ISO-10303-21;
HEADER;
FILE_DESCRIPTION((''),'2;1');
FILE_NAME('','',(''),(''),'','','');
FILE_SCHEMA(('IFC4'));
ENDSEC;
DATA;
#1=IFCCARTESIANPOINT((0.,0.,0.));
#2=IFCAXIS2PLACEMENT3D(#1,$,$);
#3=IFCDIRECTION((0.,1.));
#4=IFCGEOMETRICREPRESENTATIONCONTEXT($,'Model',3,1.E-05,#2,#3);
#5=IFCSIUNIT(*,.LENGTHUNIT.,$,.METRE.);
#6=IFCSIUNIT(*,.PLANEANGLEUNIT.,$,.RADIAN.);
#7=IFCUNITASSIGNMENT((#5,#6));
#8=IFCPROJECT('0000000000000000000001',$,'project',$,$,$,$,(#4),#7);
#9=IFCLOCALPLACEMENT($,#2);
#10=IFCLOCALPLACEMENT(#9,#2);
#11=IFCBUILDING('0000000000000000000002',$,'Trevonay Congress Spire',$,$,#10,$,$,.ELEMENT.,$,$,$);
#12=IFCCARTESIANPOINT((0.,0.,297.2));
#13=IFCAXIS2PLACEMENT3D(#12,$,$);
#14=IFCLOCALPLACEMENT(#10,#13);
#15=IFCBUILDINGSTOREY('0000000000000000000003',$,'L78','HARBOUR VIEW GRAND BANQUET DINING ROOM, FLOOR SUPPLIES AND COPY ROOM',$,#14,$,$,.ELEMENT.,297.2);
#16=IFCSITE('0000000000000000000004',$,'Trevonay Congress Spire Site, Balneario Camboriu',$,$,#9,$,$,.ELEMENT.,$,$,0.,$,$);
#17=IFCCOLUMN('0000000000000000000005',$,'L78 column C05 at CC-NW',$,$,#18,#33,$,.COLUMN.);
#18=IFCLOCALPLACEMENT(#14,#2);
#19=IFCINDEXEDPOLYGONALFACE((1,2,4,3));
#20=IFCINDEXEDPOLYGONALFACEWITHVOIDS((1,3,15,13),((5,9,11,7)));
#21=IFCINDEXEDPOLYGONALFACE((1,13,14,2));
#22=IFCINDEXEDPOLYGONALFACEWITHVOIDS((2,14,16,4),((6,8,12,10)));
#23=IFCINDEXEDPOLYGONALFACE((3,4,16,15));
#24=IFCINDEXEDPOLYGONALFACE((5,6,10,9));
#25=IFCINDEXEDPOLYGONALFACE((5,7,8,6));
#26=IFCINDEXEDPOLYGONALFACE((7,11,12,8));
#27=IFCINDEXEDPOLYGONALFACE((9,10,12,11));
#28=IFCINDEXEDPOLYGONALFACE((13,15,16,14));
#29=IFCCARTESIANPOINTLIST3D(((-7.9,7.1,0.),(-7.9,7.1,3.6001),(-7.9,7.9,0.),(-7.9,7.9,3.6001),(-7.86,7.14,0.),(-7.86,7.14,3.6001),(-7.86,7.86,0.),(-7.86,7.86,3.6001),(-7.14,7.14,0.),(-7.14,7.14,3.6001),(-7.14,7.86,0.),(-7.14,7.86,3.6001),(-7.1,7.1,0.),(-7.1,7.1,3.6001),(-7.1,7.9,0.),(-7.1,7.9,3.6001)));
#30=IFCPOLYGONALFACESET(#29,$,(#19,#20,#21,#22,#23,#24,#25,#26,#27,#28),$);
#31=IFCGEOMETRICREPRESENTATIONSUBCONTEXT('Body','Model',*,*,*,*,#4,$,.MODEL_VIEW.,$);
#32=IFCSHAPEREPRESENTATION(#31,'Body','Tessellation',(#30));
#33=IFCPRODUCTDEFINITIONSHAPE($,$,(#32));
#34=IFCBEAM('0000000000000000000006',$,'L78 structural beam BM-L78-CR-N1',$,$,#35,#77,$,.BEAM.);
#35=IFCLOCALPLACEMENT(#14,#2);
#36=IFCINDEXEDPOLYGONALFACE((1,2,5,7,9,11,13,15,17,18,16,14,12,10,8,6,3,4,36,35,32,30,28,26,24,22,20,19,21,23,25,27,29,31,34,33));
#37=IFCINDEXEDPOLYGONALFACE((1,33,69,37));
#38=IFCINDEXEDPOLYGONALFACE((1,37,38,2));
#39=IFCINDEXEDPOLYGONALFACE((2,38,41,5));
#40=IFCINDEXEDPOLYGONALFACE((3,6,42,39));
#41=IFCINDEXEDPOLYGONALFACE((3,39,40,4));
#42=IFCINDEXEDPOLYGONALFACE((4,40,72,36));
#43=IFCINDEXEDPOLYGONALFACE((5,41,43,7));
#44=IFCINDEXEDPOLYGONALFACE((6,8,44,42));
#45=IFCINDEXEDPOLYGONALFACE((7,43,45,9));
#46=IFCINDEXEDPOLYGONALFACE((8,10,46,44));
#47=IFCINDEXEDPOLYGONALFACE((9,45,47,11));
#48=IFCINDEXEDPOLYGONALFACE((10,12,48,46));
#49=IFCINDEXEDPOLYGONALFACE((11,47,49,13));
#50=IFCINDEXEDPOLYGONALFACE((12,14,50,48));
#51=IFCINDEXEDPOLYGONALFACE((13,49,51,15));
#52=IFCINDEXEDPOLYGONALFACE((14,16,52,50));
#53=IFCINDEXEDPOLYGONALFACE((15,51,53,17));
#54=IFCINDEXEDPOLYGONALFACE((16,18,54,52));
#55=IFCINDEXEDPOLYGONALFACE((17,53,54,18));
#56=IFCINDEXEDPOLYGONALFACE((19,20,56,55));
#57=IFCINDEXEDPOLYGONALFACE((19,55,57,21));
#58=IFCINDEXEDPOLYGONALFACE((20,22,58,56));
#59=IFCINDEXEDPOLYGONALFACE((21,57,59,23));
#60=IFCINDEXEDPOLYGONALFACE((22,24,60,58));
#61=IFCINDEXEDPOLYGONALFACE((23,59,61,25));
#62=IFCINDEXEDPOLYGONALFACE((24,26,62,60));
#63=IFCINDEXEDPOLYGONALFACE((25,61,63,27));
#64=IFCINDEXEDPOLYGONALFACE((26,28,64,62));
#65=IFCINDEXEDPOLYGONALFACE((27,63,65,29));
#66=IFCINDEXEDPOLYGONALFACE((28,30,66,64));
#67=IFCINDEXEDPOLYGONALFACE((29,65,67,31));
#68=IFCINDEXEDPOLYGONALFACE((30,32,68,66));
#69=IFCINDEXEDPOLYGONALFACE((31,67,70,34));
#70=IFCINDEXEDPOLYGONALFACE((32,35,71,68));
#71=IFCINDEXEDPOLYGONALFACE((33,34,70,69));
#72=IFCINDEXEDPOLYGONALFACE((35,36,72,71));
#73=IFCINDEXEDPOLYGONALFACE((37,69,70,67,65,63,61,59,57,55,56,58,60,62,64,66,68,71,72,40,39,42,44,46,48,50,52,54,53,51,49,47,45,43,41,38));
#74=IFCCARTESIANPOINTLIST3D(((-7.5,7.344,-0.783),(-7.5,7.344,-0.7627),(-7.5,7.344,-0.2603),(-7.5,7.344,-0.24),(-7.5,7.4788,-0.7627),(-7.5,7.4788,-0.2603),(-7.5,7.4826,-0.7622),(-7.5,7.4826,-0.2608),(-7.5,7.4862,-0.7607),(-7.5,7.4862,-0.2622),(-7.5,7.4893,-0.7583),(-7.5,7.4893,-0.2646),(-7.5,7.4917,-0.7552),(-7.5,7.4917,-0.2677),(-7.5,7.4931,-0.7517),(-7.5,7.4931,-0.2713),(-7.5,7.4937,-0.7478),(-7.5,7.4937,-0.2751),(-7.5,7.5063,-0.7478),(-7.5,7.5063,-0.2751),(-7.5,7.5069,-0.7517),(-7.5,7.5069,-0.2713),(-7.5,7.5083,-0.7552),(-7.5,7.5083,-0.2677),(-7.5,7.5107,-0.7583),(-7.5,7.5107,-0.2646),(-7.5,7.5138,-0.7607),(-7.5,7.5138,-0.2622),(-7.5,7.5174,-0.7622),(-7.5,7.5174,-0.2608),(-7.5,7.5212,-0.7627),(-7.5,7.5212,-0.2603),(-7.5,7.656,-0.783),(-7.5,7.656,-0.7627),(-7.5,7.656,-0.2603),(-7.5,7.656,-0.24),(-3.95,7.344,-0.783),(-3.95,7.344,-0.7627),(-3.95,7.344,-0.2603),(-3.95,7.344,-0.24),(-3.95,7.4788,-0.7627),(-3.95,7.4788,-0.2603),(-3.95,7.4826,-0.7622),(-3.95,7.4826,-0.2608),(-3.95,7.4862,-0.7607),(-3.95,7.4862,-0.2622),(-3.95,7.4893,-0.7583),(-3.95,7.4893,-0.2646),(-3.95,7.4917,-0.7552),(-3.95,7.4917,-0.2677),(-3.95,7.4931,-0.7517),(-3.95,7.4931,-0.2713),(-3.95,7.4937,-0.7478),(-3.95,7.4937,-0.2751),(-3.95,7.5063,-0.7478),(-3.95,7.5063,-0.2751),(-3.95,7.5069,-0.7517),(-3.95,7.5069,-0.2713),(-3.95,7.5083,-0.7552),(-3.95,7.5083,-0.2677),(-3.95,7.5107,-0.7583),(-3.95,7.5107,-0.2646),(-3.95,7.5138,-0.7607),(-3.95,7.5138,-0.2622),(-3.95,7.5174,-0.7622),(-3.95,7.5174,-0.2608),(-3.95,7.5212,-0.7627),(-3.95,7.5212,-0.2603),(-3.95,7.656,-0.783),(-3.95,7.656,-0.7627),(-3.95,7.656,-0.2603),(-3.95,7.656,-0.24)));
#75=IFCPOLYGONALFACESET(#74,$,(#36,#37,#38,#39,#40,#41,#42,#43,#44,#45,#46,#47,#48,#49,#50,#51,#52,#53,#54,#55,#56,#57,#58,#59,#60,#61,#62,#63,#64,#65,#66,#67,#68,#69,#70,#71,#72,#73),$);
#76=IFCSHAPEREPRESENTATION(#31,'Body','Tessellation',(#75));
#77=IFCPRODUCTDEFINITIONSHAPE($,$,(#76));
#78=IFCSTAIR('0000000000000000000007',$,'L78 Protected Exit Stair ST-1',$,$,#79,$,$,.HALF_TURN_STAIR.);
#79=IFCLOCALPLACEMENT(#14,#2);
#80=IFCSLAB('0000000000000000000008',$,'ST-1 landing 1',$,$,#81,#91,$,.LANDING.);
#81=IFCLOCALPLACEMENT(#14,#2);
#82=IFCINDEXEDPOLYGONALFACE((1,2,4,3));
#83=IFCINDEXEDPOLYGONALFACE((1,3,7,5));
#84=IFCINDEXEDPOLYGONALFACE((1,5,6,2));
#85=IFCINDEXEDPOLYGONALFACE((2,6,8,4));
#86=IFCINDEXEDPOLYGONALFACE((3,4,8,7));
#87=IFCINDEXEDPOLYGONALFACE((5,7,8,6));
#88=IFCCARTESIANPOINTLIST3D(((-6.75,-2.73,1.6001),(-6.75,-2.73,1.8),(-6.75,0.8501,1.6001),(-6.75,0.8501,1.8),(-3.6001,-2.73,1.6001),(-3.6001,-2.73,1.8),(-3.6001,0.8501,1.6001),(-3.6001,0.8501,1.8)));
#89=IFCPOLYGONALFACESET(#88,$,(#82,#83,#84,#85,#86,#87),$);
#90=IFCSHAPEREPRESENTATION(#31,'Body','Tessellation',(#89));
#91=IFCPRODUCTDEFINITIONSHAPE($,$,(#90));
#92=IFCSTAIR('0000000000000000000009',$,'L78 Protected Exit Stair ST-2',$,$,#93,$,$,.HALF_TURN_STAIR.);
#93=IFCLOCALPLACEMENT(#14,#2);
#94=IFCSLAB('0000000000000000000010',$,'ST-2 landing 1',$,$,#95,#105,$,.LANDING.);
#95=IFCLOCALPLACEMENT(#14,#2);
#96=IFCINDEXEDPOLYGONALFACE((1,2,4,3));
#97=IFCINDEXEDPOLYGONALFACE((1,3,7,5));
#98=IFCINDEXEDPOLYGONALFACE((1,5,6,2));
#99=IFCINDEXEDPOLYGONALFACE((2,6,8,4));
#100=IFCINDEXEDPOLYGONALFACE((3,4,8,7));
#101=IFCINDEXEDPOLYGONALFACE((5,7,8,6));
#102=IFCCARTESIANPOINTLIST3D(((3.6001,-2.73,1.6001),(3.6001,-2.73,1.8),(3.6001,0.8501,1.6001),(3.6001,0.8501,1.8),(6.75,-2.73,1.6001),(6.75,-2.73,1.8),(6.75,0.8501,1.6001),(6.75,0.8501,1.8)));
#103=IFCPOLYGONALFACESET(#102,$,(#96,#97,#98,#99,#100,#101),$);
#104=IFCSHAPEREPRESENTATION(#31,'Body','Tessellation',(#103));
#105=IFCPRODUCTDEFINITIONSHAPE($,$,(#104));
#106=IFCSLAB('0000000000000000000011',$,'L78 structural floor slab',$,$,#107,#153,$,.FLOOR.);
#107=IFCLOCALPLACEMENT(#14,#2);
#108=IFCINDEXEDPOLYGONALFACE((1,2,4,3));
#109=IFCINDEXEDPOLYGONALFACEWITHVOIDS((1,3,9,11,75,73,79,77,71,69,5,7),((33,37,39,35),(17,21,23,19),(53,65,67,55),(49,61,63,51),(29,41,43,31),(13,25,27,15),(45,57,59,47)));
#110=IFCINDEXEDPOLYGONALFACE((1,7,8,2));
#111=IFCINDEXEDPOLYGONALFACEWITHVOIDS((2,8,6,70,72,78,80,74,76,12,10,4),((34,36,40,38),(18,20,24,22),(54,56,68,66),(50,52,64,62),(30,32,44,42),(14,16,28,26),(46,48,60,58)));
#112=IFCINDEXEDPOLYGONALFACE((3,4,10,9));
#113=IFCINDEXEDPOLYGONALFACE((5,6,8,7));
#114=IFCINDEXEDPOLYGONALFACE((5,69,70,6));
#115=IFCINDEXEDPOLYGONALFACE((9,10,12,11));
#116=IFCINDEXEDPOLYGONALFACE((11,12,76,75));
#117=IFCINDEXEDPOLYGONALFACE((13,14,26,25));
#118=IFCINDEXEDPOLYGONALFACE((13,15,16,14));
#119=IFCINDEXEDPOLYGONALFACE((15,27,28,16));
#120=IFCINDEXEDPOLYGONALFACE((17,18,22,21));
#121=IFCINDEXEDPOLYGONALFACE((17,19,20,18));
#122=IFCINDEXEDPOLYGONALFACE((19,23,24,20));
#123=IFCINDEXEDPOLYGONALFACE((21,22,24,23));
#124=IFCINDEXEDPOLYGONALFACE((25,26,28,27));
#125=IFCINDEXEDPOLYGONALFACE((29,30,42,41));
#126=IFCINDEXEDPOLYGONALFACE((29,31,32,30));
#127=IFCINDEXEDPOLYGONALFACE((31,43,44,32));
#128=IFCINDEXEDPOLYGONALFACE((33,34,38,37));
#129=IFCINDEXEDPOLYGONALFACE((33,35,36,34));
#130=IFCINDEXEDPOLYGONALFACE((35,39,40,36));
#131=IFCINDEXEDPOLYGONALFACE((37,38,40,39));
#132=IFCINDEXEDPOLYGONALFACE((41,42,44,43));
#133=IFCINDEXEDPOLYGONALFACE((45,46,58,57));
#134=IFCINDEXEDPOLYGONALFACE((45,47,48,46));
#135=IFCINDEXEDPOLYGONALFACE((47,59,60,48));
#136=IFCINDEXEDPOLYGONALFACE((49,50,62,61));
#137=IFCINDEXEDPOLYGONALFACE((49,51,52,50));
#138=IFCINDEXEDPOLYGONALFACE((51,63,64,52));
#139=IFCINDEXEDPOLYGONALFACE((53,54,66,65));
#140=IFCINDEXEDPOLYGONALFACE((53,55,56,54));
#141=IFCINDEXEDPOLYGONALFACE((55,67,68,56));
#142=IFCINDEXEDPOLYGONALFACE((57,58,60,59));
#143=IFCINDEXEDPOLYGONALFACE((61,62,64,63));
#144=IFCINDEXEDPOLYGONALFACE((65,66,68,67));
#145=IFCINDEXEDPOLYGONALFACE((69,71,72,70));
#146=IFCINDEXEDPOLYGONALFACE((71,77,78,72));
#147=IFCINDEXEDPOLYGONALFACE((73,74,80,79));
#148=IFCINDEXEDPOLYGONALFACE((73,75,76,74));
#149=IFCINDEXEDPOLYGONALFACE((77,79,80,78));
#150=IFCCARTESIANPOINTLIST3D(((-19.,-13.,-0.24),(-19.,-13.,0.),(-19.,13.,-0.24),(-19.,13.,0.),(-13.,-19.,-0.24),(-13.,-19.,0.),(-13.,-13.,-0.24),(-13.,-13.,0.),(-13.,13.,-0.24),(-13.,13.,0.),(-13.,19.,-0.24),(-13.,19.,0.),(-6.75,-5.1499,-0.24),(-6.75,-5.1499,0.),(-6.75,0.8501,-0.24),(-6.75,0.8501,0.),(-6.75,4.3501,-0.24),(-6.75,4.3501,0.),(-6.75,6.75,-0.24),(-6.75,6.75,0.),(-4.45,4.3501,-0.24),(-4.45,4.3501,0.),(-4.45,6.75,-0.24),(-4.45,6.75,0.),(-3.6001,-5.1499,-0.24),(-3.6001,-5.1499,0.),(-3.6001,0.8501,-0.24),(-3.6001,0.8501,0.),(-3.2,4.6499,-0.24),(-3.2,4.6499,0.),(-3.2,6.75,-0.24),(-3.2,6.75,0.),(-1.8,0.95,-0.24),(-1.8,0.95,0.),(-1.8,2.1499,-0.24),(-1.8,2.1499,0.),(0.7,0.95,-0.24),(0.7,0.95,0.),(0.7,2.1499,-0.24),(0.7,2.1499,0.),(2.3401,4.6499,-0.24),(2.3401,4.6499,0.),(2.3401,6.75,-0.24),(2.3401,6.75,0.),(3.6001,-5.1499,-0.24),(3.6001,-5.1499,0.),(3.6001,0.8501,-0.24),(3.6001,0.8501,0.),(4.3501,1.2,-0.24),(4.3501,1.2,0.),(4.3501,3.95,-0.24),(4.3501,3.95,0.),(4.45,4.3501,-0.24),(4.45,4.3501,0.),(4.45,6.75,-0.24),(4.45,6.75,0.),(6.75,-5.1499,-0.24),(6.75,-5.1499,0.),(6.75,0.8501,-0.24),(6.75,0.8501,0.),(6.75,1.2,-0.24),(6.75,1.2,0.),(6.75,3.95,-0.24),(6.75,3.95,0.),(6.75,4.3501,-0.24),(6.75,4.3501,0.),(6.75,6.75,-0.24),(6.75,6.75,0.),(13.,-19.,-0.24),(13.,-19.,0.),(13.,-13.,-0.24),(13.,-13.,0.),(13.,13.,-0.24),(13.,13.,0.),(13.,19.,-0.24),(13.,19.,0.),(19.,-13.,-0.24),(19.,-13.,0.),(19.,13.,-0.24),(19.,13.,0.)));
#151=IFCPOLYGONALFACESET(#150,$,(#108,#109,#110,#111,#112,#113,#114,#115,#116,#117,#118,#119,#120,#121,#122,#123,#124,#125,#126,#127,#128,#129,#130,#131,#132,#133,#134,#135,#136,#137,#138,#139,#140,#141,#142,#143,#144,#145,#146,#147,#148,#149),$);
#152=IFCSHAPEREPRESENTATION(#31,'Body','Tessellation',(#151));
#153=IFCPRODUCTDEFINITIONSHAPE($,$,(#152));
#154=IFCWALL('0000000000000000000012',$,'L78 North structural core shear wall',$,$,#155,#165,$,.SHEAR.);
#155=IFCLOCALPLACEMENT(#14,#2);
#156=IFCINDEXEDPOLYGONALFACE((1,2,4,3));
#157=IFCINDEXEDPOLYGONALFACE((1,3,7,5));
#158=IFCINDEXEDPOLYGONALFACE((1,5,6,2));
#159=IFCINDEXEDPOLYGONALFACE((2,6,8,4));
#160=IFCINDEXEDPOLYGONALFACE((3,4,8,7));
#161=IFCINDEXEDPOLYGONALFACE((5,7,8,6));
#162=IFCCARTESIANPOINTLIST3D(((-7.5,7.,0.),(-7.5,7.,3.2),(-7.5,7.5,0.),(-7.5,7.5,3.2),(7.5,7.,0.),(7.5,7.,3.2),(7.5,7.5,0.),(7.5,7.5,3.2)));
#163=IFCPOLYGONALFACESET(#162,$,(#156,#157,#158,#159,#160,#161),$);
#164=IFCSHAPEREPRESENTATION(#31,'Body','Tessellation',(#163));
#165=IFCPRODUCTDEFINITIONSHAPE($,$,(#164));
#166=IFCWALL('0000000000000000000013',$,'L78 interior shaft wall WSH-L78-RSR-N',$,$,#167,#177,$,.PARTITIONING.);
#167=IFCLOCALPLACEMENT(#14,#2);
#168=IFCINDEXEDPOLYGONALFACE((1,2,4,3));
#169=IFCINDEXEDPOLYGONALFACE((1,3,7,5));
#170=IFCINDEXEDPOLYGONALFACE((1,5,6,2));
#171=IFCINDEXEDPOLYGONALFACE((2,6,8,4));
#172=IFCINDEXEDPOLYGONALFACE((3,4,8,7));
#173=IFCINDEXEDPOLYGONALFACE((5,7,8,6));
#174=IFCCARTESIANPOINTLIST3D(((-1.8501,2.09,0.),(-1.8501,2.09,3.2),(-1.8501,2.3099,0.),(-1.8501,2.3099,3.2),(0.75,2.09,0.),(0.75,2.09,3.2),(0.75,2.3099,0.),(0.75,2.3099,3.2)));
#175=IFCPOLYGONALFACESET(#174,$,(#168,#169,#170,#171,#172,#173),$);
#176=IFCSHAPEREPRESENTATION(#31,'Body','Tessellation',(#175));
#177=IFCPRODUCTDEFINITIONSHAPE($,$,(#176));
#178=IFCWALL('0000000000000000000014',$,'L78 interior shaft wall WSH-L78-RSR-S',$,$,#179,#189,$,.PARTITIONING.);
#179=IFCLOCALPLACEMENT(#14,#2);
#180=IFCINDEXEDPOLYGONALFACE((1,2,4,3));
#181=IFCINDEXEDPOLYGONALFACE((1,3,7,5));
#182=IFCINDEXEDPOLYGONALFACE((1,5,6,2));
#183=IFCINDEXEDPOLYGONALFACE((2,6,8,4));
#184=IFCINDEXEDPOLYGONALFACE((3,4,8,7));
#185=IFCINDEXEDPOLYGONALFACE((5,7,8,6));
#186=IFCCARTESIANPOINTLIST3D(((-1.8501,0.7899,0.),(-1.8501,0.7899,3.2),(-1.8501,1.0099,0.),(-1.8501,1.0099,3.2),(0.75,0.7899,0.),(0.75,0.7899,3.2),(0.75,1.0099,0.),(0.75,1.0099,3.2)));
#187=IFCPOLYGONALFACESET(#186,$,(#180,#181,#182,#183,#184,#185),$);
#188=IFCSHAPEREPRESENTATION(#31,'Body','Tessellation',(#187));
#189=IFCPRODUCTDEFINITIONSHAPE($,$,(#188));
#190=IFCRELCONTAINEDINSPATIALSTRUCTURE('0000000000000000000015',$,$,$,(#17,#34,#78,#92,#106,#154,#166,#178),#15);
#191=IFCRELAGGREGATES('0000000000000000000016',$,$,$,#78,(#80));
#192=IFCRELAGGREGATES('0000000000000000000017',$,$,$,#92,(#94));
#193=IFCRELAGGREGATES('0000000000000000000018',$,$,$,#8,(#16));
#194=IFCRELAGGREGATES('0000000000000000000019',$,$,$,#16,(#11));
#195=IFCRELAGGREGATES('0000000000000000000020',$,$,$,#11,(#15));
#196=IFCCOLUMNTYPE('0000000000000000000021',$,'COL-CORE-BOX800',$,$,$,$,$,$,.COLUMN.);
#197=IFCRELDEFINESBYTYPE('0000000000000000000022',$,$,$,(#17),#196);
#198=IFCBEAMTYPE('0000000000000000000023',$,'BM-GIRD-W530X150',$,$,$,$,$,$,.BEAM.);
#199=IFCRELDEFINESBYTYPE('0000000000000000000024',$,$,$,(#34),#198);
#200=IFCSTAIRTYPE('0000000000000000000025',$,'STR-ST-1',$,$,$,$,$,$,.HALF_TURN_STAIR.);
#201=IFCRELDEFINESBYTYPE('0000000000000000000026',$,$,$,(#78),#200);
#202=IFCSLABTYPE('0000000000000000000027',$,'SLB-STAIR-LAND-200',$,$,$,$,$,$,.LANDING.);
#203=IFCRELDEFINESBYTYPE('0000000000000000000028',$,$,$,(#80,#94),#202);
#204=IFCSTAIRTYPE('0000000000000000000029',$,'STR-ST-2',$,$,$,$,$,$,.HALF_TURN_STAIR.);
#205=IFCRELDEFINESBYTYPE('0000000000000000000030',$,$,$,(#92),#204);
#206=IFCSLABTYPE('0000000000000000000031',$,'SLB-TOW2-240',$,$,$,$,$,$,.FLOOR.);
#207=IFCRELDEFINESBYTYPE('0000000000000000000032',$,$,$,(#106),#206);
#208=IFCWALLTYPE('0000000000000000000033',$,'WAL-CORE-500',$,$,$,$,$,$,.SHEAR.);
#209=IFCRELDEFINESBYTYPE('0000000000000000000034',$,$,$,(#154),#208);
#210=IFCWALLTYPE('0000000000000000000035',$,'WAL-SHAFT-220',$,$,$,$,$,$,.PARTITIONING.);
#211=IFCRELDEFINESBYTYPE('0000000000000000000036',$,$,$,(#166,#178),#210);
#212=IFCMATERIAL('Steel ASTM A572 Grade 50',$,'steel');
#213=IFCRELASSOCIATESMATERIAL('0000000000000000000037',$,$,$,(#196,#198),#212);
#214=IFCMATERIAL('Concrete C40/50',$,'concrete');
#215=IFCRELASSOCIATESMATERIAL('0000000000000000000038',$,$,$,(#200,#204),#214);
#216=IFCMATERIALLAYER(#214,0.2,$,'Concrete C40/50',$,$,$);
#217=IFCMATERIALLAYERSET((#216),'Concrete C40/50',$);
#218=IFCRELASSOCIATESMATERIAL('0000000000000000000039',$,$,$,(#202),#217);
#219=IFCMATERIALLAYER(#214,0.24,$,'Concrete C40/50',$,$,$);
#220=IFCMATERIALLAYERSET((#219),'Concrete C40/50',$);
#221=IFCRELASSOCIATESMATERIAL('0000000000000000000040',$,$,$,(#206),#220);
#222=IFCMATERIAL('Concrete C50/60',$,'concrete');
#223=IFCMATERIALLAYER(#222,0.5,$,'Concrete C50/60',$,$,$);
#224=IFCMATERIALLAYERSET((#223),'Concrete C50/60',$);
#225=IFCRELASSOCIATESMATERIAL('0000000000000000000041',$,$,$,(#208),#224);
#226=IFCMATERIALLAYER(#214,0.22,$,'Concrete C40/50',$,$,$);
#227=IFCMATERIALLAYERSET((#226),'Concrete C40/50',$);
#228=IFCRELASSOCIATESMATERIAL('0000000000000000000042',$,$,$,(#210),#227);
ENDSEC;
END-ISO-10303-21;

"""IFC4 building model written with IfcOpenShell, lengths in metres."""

from ifc_helpers import new_model, si_unit, direction, frame, frame_2d, origin, origin_2d, place, context, subcontext, project, spatial, polyline, rectangle, hollow_rectangle, i_section, outline, extrude, material, layer, layer_set, material_profile, profile_set, type_object, element, aggregate, save


model = new_model("IFC4")

# Units and contexts
model_context = context("Model", 3, precision=1e-05, world=origin(), true_north=direction((0.0, 1.0)))
body_context = subcontext(model_context, "Body", "Model", "MODEL_VIEW")
ifc_project = project(units=[si_unit("LENGTHUNIT", "METRE"), si_unit("PLANEANGLEUNIT", "RADIAN")], contexts=[model_context])

# Site, building, storey
site_placement = place(None, origin())
site = spatial("IfcSite", under=ifc_project, at=site_placement, Name="Trevonay Congress Spire Site, Balneario Camboriu", CompositionType="ELEMENT", RefElevation=0.0)
building_placement = place(site_placement, origin())
building = spatial("IfcBuilding", under=site, at=building_placement, Name="Trevonay Congress Spire", CompositionType="ELEMENT")
storey_placement = place(building_placement, frame((0.0, 0.0, 297.2)))
storey = spatial("IfcBuildingStorey", under=building, at=storey_placement, Name="L78", Description="HARBOUR VIEW GRAND BANQUET DINING ROOM, FLOOR SUPPLIES AND COPY ROOM", CompositionType="ELEMENT", Elevation=297.2)

# Column
ifc_material_1 = material(Name="Steel ASTM A572 Grade 50", Category="steel")
ifc_material_profile_1 = material_profile(ifc_material_1, hollow_rectangle(XDim=0.8, YDim=0.8, WallThickness=0.04, at=origin_2d()), Name="BOX 800x800x40")
ifc_profile_set_1 = profile_set([ifc_material_profile_1], Name="Steel ASTM A572 Grade 50")
column_type = type_object("IfcColumnType", Name="COL-CORE-BOX800", PredefinedType="COLUMN", material=ifc_profile_set_1)
column_placement = place(storey_placement, frame((-7.5, 7.5, 0.0), z_axis=(0.0, 0.0, 1.0), x_axis=(1.0, 0.0, 0.0)))
element("IfcColumn", 1, at=column_placement, inside=storey, type_object=column_type, Name="L78 column C05 at CC-NW", PredefinedType="COLUMN", context=body_context, shape_type="SweptSolid", body=[
    extrude(hollow_rectangle(XDim=0.8, YDim=0.8, WallThickness=0.04, at=origin_2d()), origin(), (0.0, 0.0, 1.0), 3.6001),
])

# Beam
ifc_material_profile_2 = material_profile(ifc_material_1, i_section(OverallWidth=0.312, OverallDepth=0.543, WebThickness=0.0127, FlangeThickness=0.0203, FilletRadius=0.0149, at=origin_2d()), Name="W530x150")
ifc_profile_set_2 = profile_set([ifc_material_profile_2], Name="Steel ASTM A572 Grade 50")
beam_type = type_object("IfcBeamType", Name="BM-GIRD-W530X150", PredefinedType="BEAM", material=ifc_profile_set_2)
beam_placement = place(storey_placement, frame((-7.5, 7.5, -0.5115), z_axis=(1.0, 0.0, 0.0), x_axis=(0.0, 1.0, 0.0)))
element("IfcBeam", 2, at=beam_placement, inside=storey, type_object=beam_type, Name="L78 structural beam BM-L78-CR-N1", PredefinedType="BEAM", context=body_context, shape_type="SweptSolid", body=[
    extrude(i_section(OverallWidth=0.312, OverallDepth=0.543, WebThickness=0.0127, FlangeThickness=0.0203, FilletRadius=0.0149, at=origin_2d()), origin(), (0.0, 0.0, 1.0), 3.55),
])

# Stairs, slabs
ifc_material_2 = material(Name="Concrete C40/50", Category="concrete")
stair_type_1 = type_object("IfcStairType", Name="STR-ST-1", PredefinedType="HALF_TURN_STAIR", material=ifc_material_2)
stair_1_placement = place(storey_placement, origin())
stair_1 = element("IfcStair", 3, at=stair_1_placement, inside=storey, type_object=stair_type_1, Name="L78 Protected Exit Stair ST-1", PredefinedType="HALF_TURN_STAIR")
ifc_layer_1 = layer(ifc_material_2, 0.2, Name="Concrete C40/50")
ifc_layer_set_1 = layer_set([ifc_layer_1], Name="Concrete C40/50")
slab_type_1 = type_object("IfcSlabType", Name="SLB-STAIR-LAND-200", PredefinedType="LANDING", material=ifc_layer_set_1)
slab_1_placement = place(storey_placement, frame((0.0, 0.0, 1.6001)))
slab_1 = element("IfcSlab", 4, at=slab_1_placement, type_object=slab_type_1, Name="ST-1 landing 1", PredefinedType="LANDING", context=body_context, shape_type="SweptSolid", body=[
    extrude(outline(polyline([(-3.6001, -2.73), (-3.6001, 0.8501), (-6.75, 0.8501), (-6.75, -2.73), (-3.6001, -2.73)])), origin(), (0.0, 0.0, 1.0), 0.2),
])
aggregate(stair_1, [slab_1])
stair_type_2 = type_object("IfcStairType", Name="STR-ST-2", PredefinedType="HALF_TURN_STAIR", material=ifc_material_2)
stair_2_placement = place(storey_placement, origin())
stair_2 = element("IfcStair", 5, at=stair_2_placement, inside=storey, type_object=stair_type_2, Name="L78 Protected Exit Stair ST-2", PredefinedType="HALF_TURN_STAIR")
slab_2_placement = place(storey_placement, frame((0.0, 0.0, 1.6001)))
slab_2 = element("IfcSlab", 6, at=slab_2_placement, type_object=slab_type_1, Name="ST-2 landing 1", PredefinedType="LANDING", context=body_context, shape_type="SweptSolid", body=[
    extrude(outline(polyline([(6.75, -2.73), (6.75, 0.8501), (3.6001, 0.8501), (3.6001, -2.73), (6.75, -2.73)])), origin(), (0.0, 0.0, 1.0), 0.2),
])
aggregate(stair_2, [slab_2])

# Slab
ifc_layer_2 = layer(ifc_material_2, 0.24, Name="Concrete C40/50")
ifc_layer_set_2 = layer_set([ifc_layer_2], Name="Concrete C40/50")
slab_type_2 = type_object("IfcSlabType", Name="SLB-TOW2-240", PredefinedType="FLOOR", material=ifc_layer_set_2)
slab_3_placement = place(storey_placement, frame((0.0, 0.0, -0.24)))
element("IfcSlab", 7, at=slab_3_placement, inside=storey, type_object=slab_type_2, Name="L78 structural floor slab", PredefinedType="FLOOR", context=body_context, shape_type="SweptSolid", body=[
    extrude(outline(polyline([(-13.0, -19.0), (13.0, -19.0), (13.0, -13.0), (19.0, -13.0), (19.0, 13.0), (13.0, 13.0), (13.0, 19.0), (-13.0, 19.0), (-13.0, 13.0), (-19.0, 13.0), (-19.0, -13.0), (-13.0, -13.0), (-13.0, -19.0)]), holes=[polyline([(-3.6001, -5.1499), (-3.6001, 0.8501), (-6.75, 0.8501), (-6.75, -5.1499), (-3.6001, -5.1499)]), polyline([(6.75, -5.1499), (6.75, 0.8501), (3.6001, 0.8501), (3.6001, -5.1499), (6.75, -5.1499)]), polyline([(-3.2, 4.6499), (2.3401, 4.6499), (2.3401, 6.75), (-3.2, 6.75), (-3.2, 4.6499)]), polyline([(-6.75, 4.3501), (-4.45, 4.3501), (-4.45, 6.75), (-6.75, 6.75), (-6.75, 4.3501)]), polyline([(4.45, 4.3501), (6.75, 4.3501), (6.75, 6.75), (4.45, 6.75), (4.45, 4.3501)]), polyline([(4.3501, 1.2), (6.75, 1.2), (6.75, 3.95), (4.3501, 3.95), (4.3501, 1.2)]), polyline([(-1.8, 0.95), (0.7, 0.95), (0.7, 2.1499), (-1.8, 2.1499), (-1.8, 0.95)])]), origin(), (0.0, 0.0, 1.0), 0.24),
])

# Walls
ifc_material_3 = material(Name="Concrete C50/60", Category="concrete")
ifc_layer_3 = layer(ifc_material_3, 0.5, Name="Concrete C50/60")
ifc_layer_set_3 = layer_set([ifc_layer_3], Name="Concrete C50/60")
wall_type_1 = type_object("IfcWallType", Name="WAL-CORE-500", PredefinedType="SHEAR", material=ifc_layer_set_3)
wall_1_placement = place(storey_placement, frame((-7.5, 7.25, 0.0), z_axis=(0.0, 0.0, 1.0), x_axis=(1.0, 0.0, 0.0)))
element("IfcWall", 8, at=wall_1_placement, inside=storey, type_object=wall_type_1, Name="L78 North structural core shear wall", PredefinedType="SHEAR", context=body_context, shape_type="SweptSolid", body=[
    extrude(rectangle(XDim=15.0, YDim=0.5, at=frame_2d((7.5, 0.0))), origin(), (0.0, 0.0, 1.0), 3.2),
])
ifc_layer_4 = layer(ifc_material_2, 0.22, Name="Concrete C40/50")
ifc_layer_set_4 = layer_set([ifc_layer_4], Name="Concrete C40/50")
wall_type_2 = type_object("IfcWallType", Name="WAL-SHAFT-220", PredefinedType="PARTITIONING", material=ifc_layer_set_4)
for number, where, z_axis, x_axis, name in (
    (9, (-1.8501, 2.2, 0.0), (0.0, 0.0, 1.0), (1.0, 0.0, 0.0), "L78 interior shaft wall WSH-L78-RSR-N"),
    (10, (-1.8501, 0.8999, 0.0), (0.0, 0.0, 1.0), (1.0, 0.0, 0.0), "L78 interior shaft wall WSH-L78-RSR-S"),
):
    element("IfcWall", number, at=place(storey_placement, frame(where, z_axis=z_axis, x_axis=x_axis)), inside=storey, type_object=wall_type_2, Name=name, PredefinedType="PARTITIONING", context=body_context, shape_type="SweptSolid", body=[
        extrude(rectangle(XDim=2.6001, YDim=0.22, at=frame_2d((1.3, 0.0))), origin(), (0.0, 0.0, 1.0), 3.2),
    ])

save(model, "model.ifc")
